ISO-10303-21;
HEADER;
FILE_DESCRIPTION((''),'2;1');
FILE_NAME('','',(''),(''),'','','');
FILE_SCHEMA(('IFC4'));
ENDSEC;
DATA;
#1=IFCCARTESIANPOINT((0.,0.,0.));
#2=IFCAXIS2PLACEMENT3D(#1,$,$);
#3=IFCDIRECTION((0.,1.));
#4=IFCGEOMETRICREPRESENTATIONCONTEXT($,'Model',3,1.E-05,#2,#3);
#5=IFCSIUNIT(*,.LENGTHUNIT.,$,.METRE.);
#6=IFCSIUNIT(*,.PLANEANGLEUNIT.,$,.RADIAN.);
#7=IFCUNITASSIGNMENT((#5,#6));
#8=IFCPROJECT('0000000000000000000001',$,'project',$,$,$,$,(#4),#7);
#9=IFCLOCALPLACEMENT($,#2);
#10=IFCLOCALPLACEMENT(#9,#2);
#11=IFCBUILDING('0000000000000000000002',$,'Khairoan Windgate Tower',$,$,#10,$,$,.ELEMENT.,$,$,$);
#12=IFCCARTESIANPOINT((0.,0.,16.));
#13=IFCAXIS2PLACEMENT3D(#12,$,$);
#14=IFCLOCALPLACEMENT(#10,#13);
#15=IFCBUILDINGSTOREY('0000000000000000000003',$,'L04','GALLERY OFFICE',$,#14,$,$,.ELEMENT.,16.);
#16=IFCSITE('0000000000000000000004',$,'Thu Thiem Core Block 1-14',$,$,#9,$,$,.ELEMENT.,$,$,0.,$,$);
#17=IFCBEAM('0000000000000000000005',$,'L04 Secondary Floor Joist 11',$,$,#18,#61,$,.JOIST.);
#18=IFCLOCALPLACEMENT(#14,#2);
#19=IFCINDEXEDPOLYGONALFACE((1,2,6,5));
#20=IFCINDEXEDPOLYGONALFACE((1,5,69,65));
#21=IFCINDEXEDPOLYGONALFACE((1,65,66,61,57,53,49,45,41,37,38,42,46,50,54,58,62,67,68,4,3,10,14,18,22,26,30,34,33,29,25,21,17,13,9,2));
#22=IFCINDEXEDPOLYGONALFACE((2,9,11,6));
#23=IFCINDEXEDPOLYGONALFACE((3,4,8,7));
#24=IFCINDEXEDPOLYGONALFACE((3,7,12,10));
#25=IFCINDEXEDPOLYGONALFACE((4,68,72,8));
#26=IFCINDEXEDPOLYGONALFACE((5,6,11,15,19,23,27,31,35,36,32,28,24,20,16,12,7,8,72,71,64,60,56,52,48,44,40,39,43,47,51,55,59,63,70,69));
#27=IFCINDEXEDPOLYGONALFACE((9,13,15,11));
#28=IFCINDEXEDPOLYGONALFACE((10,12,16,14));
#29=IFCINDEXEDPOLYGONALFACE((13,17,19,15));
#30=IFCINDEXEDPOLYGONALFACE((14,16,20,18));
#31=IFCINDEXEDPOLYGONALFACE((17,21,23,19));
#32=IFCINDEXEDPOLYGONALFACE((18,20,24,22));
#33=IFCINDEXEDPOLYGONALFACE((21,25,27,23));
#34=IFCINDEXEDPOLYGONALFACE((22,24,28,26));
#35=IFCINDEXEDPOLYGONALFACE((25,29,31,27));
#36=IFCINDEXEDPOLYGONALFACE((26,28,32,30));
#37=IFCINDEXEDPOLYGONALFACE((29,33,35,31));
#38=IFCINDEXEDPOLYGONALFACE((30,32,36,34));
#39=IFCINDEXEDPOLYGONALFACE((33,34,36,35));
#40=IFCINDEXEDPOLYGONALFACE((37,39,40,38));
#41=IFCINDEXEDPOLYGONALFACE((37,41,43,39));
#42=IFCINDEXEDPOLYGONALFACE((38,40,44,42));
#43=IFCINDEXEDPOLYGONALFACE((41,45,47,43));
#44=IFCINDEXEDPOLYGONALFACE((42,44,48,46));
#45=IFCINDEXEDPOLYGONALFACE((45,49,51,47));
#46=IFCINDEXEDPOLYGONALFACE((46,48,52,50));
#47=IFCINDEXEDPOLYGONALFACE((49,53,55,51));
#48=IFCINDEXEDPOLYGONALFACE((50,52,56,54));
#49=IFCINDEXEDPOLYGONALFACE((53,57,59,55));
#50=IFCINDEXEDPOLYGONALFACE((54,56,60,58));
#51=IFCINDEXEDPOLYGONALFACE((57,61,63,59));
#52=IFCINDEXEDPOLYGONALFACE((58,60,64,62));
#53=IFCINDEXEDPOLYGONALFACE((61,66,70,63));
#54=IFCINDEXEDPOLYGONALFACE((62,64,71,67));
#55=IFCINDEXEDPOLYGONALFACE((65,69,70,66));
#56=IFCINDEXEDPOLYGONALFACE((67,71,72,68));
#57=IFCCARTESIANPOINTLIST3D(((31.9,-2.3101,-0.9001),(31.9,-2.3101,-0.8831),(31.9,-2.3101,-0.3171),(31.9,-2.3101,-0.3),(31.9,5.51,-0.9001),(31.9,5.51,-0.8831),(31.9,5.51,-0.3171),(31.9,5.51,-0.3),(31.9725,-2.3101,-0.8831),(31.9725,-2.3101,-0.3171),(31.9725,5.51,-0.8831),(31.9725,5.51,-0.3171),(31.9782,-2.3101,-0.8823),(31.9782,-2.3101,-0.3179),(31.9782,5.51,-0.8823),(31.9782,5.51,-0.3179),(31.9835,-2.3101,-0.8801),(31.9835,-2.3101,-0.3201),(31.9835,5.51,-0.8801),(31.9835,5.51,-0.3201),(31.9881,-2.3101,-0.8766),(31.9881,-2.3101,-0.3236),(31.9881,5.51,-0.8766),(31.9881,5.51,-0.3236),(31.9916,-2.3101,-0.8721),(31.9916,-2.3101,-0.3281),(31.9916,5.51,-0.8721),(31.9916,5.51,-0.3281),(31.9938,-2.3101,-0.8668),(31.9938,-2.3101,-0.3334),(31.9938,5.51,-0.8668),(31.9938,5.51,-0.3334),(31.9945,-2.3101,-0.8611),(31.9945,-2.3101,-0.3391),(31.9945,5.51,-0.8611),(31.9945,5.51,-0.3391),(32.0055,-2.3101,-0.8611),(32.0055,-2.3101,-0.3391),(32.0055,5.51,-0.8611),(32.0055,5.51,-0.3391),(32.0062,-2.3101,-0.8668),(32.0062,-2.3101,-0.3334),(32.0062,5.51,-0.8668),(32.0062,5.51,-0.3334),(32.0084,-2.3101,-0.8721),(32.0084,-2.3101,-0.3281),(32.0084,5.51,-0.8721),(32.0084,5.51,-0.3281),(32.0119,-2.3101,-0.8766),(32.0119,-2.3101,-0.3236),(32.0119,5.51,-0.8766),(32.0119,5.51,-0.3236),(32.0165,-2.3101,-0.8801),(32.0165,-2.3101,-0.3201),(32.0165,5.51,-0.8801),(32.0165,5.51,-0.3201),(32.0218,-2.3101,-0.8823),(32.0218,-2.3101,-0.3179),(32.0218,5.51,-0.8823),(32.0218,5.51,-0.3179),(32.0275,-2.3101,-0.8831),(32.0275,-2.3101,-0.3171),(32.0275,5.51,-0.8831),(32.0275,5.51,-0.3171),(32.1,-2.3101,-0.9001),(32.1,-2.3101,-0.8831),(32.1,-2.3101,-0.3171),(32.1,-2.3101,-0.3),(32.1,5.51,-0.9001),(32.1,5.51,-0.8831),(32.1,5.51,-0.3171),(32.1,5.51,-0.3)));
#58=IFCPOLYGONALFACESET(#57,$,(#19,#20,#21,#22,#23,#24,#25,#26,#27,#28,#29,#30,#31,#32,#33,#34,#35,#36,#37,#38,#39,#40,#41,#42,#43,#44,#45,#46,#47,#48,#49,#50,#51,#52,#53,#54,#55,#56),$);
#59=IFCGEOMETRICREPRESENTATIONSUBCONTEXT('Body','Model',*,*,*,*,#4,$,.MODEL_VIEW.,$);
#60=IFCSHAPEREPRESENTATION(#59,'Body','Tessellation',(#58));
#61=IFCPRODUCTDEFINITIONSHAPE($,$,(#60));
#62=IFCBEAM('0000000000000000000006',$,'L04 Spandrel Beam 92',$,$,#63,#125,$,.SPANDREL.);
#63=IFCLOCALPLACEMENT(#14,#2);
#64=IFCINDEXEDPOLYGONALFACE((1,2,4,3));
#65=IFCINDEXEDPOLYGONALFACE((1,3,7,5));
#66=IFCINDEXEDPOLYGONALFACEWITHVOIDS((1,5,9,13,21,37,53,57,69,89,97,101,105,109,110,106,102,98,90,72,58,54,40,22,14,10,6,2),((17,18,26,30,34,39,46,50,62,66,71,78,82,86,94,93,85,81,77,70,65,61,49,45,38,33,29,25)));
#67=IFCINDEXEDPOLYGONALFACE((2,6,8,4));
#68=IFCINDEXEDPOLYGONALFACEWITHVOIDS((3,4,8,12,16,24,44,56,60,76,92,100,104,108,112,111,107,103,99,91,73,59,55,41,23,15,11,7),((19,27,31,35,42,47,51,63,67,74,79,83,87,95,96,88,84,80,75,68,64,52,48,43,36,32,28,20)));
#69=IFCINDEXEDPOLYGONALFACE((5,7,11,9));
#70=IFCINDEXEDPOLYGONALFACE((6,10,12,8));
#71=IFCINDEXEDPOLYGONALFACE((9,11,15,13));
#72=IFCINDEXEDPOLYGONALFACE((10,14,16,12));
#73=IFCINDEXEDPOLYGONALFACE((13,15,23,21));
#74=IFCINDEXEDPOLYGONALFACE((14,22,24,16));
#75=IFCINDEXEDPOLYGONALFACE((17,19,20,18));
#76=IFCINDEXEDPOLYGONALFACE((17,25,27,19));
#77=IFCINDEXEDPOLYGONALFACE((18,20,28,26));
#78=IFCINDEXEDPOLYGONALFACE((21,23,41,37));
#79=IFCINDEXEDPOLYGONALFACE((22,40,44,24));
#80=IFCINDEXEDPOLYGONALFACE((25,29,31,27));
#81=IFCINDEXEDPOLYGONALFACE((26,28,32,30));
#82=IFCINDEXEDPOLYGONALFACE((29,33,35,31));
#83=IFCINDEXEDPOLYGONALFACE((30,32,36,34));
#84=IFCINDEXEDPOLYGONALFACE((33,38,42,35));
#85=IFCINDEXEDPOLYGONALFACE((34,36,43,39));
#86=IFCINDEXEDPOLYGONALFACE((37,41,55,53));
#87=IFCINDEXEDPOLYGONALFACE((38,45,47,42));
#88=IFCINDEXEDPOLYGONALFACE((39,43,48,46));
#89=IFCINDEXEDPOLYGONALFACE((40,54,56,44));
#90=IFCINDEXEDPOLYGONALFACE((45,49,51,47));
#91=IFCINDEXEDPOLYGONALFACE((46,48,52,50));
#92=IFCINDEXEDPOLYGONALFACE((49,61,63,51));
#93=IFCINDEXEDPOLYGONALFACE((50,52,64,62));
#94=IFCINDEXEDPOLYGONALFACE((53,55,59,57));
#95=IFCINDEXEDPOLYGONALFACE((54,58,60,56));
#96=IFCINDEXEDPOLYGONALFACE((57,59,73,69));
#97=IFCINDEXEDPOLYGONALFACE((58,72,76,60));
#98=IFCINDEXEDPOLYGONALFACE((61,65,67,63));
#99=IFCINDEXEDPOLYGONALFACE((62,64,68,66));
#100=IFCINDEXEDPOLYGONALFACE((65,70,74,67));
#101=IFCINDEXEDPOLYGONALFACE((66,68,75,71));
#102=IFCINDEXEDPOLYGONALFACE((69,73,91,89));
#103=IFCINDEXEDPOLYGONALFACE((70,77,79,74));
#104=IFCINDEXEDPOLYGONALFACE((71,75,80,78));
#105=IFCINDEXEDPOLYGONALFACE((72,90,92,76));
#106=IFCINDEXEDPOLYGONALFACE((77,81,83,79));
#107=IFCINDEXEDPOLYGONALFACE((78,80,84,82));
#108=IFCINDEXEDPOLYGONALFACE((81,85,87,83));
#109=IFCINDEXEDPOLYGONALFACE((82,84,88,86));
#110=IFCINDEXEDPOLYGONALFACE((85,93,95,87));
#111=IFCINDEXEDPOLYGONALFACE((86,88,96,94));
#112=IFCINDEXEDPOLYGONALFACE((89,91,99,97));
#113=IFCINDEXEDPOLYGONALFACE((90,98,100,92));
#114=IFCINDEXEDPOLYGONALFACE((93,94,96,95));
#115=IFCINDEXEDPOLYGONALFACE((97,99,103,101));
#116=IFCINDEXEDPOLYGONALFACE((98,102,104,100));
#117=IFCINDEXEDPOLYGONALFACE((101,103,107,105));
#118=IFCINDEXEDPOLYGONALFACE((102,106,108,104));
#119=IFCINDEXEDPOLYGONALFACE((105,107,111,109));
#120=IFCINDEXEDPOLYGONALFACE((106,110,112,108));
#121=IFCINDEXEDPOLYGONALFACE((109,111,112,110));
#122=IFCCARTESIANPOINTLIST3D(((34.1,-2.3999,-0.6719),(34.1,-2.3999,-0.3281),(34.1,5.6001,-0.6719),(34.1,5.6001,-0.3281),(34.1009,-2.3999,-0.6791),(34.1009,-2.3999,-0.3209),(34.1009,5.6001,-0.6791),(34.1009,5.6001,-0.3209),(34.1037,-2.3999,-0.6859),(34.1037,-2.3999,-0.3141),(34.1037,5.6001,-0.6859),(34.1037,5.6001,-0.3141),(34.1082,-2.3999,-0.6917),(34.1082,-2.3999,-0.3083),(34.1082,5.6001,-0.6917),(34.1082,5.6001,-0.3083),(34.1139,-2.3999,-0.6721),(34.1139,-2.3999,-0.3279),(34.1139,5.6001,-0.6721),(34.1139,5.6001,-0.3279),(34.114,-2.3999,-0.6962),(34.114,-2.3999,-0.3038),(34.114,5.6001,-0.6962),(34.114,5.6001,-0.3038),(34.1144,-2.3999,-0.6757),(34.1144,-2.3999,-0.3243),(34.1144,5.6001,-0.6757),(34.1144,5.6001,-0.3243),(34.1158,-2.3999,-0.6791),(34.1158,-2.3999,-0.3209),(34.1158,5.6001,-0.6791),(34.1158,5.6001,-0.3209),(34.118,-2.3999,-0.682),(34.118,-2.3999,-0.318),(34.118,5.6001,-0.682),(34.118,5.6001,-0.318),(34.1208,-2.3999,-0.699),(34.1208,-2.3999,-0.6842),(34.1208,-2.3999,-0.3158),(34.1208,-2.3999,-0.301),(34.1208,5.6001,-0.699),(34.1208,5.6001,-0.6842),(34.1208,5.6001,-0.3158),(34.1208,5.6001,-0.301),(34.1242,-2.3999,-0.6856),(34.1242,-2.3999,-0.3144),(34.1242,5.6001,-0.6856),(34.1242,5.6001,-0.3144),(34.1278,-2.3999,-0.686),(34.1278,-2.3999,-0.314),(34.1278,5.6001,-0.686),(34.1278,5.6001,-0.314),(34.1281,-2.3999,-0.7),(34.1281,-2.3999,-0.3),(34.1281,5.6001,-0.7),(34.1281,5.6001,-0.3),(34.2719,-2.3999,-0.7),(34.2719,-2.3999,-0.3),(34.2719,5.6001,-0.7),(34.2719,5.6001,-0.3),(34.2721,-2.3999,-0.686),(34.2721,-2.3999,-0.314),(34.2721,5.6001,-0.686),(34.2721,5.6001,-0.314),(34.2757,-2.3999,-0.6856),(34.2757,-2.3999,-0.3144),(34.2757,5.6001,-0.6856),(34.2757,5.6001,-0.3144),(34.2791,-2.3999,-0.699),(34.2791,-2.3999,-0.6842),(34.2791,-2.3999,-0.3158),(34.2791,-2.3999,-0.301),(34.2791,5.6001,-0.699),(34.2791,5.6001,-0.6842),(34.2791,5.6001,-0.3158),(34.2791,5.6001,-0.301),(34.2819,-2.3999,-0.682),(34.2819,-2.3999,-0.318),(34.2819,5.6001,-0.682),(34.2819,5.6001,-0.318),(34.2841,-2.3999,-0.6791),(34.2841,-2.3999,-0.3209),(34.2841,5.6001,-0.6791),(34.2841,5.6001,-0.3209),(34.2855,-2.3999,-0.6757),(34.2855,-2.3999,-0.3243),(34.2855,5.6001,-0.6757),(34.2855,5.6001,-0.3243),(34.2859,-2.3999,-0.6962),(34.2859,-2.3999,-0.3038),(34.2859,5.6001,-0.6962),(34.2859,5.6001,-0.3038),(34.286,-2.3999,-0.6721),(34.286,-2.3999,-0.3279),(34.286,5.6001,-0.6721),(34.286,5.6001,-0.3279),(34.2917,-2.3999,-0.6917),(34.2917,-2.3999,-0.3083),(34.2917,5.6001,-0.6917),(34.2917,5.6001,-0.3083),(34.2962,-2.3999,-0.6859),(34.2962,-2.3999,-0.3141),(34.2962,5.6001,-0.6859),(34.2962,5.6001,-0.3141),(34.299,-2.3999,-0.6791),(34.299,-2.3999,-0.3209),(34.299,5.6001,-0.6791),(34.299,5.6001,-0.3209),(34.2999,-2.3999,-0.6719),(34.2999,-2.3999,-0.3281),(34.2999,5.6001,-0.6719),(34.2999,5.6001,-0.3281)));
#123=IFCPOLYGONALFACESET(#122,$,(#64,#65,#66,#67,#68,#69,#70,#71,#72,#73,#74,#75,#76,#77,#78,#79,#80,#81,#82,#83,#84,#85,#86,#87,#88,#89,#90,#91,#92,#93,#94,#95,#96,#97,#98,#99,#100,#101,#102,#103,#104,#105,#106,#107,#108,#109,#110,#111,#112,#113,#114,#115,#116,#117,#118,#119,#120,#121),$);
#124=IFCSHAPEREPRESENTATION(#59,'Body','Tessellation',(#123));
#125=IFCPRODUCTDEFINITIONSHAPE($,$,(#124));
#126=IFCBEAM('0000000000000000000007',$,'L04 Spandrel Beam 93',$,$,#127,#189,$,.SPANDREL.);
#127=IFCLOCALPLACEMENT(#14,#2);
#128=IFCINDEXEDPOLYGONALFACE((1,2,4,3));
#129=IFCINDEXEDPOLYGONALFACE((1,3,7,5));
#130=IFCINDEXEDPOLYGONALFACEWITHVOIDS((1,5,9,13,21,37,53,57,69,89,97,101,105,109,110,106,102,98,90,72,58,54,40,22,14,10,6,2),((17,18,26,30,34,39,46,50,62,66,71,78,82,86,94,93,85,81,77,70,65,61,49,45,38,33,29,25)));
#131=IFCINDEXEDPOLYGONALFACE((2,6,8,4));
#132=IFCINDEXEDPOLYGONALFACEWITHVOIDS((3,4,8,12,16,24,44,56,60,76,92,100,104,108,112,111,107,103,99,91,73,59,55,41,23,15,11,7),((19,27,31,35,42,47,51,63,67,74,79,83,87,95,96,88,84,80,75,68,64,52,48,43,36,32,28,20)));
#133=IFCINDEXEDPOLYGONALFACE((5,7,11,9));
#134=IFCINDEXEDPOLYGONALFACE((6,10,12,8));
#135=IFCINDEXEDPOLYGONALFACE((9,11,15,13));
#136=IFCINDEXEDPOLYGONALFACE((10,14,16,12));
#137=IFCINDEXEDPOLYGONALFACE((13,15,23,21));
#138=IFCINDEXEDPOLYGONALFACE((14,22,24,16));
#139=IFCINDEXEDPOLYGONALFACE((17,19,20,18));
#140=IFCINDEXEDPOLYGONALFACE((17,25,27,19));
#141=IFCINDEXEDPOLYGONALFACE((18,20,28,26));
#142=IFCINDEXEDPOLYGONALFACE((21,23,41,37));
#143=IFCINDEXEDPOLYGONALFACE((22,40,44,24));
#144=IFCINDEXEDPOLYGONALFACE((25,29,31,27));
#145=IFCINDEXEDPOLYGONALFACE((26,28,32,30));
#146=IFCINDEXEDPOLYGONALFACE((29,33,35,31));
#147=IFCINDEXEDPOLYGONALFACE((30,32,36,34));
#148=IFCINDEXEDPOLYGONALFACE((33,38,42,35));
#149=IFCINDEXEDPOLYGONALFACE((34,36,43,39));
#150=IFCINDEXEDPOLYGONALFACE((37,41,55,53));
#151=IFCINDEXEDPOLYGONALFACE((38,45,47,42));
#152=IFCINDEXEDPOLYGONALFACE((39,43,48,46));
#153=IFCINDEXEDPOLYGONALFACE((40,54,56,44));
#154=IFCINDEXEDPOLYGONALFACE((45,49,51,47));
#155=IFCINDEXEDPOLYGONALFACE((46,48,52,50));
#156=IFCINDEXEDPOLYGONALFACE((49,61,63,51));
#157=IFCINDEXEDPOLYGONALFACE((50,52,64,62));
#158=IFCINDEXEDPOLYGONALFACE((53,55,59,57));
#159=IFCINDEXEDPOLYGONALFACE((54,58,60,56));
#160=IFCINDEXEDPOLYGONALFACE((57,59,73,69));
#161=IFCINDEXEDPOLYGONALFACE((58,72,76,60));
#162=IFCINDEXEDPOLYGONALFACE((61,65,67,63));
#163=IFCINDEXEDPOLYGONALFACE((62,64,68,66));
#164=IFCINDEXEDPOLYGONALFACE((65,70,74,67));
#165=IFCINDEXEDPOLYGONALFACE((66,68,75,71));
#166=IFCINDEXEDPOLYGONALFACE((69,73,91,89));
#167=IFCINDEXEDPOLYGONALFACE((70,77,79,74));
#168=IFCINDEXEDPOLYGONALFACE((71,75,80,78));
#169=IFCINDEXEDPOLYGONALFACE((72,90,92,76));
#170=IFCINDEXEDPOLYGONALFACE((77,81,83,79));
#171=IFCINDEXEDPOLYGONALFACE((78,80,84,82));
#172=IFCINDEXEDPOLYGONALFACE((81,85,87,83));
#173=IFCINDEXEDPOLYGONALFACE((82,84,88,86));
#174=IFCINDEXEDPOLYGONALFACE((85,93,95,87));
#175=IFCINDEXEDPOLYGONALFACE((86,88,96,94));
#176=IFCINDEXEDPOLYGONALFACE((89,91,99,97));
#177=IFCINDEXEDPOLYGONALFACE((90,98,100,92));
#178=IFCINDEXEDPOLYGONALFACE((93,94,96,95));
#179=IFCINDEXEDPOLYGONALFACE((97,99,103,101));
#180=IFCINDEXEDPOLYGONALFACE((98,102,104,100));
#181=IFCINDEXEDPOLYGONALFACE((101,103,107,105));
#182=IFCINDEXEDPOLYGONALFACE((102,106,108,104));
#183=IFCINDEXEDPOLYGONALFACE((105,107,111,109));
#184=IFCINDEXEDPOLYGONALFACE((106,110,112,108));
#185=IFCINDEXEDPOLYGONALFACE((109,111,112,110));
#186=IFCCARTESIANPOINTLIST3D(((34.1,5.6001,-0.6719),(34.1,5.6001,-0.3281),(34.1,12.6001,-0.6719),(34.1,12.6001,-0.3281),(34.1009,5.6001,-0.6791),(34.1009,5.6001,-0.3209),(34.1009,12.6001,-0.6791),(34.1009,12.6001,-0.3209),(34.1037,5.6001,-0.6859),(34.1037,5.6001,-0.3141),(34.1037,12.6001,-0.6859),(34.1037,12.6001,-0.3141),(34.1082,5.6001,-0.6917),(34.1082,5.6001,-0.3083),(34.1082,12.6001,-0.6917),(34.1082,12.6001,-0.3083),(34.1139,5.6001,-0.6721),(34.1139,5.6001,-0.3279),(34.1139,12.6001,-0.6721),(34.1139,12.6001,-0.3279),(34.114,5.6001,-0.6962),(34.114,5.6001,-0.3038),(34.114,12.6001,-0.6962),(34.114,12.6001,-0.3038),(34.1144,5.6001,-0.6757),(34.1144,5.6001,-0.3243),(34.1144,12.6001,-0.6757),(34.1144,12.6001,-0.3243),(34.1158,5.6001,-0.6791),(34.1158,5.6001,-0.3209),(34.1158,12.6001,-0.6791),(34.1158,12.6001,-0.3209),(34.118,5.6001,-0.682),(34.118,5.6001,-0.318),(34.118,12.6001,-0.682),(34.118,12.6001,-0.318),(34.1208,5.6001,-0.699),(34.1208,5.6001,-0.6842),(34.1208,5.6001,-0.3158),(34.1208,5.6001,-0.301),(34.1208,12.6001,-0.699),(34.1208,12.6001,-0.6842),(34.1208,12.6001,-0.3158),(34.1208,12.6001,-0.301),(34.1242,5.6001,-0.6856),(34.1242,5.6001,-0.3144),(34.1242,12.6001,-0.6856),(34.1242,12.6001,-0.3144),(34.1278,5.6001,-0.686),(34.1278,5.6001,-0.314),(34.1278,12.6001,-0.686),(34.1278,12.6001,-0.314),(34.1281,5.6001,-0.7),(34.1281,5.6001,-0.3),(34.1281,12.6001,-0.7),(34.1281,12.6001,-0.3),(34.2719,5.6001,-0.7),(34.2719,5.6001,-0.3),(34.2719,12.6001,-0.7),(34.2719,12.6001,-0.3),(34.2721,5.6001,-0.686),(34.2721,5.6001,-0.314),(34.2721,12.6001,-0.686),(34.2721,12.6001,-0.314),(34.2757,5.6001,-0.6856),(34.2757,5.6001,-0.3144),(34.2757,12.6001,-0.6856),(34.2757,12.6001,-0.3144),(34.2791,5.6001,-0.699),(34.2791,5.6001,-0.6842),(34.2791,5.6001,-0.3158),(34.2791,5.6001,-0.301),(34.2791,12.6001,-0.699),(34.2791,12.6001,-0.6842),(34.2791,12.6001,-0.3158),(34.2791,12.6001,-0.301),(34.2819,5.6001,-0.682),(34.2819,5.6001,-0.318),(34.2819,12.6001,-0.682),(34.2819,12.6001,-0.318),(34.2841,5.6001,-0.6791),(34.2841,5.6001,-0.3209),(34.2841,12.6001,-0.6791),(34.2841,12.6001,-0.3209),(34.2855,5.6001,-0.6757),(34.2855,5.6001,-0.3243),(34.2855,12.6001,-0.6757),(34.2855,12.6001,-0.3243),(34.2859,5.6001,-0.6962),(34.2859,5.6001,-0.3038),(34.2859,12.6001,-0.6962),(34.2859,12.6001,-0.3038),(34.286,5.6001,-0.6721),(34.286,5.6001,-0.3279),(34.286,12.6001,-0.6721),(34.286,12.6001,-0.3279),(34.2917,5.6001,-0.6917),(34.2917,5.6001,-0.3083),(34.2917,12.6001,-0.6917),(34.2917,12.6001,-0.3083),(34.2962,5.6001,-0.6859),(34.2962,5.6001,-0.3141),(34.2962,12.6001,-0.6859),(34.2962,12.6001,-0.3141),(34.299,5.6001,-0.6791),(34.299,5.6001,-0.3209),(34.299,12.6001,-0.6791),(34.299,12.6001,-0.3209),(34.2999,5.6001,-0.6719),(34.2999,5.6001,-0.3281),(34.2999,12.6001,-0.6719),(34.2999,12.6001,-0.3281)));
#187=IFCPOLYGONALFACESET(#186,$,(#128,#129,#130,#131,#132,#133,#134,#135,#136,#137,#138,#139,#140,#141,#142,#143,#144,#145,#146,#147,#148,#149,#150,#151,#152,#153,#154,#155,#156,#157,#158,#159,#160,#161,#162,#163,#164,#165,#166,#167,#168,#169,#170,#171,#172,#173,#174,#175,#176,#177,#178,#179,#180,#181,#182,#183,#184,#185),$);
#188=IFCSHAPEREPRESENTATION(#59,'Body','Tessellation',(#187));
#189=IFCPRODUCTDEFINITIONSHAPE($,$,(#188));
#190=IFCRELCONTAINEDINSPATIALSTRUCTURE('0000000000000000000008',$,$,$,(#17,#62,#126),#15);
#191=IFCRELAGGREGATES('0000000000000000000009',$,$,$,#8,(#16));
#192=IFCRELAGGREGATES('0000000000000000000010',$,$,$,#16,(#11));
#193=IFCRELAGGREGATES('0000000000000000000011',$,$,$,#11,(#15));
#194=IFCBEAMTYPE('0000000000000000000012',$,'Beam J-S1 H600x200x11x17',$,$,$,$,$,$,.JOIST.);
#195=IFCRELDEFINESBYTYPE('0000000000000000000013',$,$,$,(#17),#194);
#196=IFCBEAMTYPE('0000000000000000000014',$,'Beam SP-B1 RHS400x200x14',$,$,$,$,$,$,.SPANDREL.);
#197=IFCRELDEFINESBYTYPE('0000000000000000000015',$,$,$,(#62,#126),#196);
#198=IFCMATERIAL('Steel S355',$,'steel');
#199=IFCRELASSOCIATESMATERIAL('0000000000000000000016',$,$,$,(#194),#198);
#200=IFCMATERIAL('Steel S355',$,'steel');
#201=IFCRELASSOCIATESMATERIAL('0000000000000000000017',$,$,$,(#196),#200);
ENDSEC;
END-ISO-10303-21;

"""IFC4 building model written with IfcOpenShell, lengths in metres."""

from ifc_helpers import new_model, si_unit, direction, frame, origin, origin_2d, place, context, subcontext, project, spatial, hollow_rectangle, i_section, extrude, material, material_profile, profile_set, type_object, element, save


model = new_model("IFC4")

# Units and contexts
model_context = context("Model", 3, precision=1e-05, world=origin(), true_north=direction((0.0, 1.0)))
body_context = subcontext(model_context, "Body", "Model", "MODEL_VIEW")
ifc_project = project(units=[si_unit("LENGTHUNIT", "METRE"), si_unit("PLANEANGLEUNIT", "RADIAN")], contexts=[model_context])

# Site, building, storey
site_placement = place(None, origin())
site = spatial("IfcSite", under=ifc_project, at=site_placement, Name="Thu Thiem Core Block 1-14", CompositionType="ELEMENT", RefElevation=0.0)
building_placement = place(site_placement, origin())
building = spatial("IfcBuilding", under=site, at=building_placement, Name="Khairoan Windgate Tower", CompositionType="ELEMENT")
storey_placement = place(building_placement, frame((0.0, 0.0, 16.0)))
storey = spatial("IfcBuildingStorey", under=building, at=storey_placement, Name="L04", Description="GALLERY OFFICE", CompositionType="ELEMENT", Elevation=16.0)

# Beams
ifc_material_1 = material(Name="Steel S355", Category="steel")
ifc_material_profile_1 = material_profile(ifc_material_1, i_section(OverallWidth=0.2, OverallDepth=0.6001, WebThickness=0.011, FlangeThickness=0.0171, FilletRadius=0.022, at=origin_2d()))
ifc_profile_set_1 = profile_set([ifc_material_profile_1], Name="Steel S355")
beam_type_1 = type_object("IfcBeamType", Name="Beam J-S1 H600x200x11x17", PredefinedType="JOIST", material=ifc_profile_set_1)
beam_1_placement = place(storey_placement, frame((32.0, -2.3101, -0.6001), z_axis=(0.0, 1.0, 0.0), x_axis=(-1.0, 0.0, 0.0)))
element("IfcBeam", 1, at=beam_1_placement, inside=storey, type_object=beam_type_1, Name="L04 Secondary Floor Joist 11", PredefinedType="JOIST", context=body_context, shape_type="SweptSolid", body=[
    extrude(i_section(OverallWidth=0.2, OverallDepth=0.6001, WebThickness=0.011, FlangeThickness=0.0171, FilletRadius=0.022, at=origin_2d()), origin(), (0.0, 0.0, 1.0), 7.8201),
])
ifc_material_2 = material(Name="Steel S355", Category="steel")
ifc_material_profile_2 = material_profile(ifc_material_2, hollow_rectangle(XDim=0.2, YDim=0.3999, WallThickness=0.0139, InnerFilletRadius=0.0139, OuterFilletRadius=0.0281, at=origin_2d()))
ifc_profile_set_2 = profile_set([ifc_material_profile_2], Name="Steel S355")
beam_type_2 = type_object("IfcBeamType", Name="Beam SP-B1 RHS400x200x14", PredefinedType="SPANDREL", material=ifc_profile_set_2)
beam_2_placement = place(storey_placement, frame((34.2, -2.3999, -0.5), z_axis=(0.0, 1.0, 0.0), x_axis=(-1.0, 0.0, 0.0)))
element("IfcBeam", 2, at=beam_2_placement, inside=storey, type_object=beam_type_2, Name="L04 Spandrel Beam 92", PredefinedType="SPANDREL", context=body_context, shape_type="SweptSolid", body=[
    extrude(hollow_rectangle(XDim=0.2, YDim=0.3999, WallThickness=0.0139, InnerFilletRadius=0.0139, OuterFilletRadius=0.0281, at=origin_2d()), origin(), (0.0, 0.0, 1.0), 8.0),
])
beam_3_placement = place(storey_placement, frame((34.2, 5.6001, -0.5), z_axis=(0.0, 1.0, 0.0), x_axis=(-1.0, 0.0, 0.0)))
element("IfcBeam", 3, at=beam_3_placement, inside=storey, type_object=beam_type_2, Name="L04 Spandrel Beam 93", PredefinedType="SPANDREL", context=body_context, shape_type="SweptSolid", body=[
    extrude(hollow_rectangle(XDim=0.2, YDim=0.3999, WallThickness=0.0139, InnerFilletRadius=0.0139, OuterFilletRadius=0.0281, at=origin_2d()), origin(), (0.0, 0.0, 1.0), 7.0),
])

save(model, "model.ifc")
